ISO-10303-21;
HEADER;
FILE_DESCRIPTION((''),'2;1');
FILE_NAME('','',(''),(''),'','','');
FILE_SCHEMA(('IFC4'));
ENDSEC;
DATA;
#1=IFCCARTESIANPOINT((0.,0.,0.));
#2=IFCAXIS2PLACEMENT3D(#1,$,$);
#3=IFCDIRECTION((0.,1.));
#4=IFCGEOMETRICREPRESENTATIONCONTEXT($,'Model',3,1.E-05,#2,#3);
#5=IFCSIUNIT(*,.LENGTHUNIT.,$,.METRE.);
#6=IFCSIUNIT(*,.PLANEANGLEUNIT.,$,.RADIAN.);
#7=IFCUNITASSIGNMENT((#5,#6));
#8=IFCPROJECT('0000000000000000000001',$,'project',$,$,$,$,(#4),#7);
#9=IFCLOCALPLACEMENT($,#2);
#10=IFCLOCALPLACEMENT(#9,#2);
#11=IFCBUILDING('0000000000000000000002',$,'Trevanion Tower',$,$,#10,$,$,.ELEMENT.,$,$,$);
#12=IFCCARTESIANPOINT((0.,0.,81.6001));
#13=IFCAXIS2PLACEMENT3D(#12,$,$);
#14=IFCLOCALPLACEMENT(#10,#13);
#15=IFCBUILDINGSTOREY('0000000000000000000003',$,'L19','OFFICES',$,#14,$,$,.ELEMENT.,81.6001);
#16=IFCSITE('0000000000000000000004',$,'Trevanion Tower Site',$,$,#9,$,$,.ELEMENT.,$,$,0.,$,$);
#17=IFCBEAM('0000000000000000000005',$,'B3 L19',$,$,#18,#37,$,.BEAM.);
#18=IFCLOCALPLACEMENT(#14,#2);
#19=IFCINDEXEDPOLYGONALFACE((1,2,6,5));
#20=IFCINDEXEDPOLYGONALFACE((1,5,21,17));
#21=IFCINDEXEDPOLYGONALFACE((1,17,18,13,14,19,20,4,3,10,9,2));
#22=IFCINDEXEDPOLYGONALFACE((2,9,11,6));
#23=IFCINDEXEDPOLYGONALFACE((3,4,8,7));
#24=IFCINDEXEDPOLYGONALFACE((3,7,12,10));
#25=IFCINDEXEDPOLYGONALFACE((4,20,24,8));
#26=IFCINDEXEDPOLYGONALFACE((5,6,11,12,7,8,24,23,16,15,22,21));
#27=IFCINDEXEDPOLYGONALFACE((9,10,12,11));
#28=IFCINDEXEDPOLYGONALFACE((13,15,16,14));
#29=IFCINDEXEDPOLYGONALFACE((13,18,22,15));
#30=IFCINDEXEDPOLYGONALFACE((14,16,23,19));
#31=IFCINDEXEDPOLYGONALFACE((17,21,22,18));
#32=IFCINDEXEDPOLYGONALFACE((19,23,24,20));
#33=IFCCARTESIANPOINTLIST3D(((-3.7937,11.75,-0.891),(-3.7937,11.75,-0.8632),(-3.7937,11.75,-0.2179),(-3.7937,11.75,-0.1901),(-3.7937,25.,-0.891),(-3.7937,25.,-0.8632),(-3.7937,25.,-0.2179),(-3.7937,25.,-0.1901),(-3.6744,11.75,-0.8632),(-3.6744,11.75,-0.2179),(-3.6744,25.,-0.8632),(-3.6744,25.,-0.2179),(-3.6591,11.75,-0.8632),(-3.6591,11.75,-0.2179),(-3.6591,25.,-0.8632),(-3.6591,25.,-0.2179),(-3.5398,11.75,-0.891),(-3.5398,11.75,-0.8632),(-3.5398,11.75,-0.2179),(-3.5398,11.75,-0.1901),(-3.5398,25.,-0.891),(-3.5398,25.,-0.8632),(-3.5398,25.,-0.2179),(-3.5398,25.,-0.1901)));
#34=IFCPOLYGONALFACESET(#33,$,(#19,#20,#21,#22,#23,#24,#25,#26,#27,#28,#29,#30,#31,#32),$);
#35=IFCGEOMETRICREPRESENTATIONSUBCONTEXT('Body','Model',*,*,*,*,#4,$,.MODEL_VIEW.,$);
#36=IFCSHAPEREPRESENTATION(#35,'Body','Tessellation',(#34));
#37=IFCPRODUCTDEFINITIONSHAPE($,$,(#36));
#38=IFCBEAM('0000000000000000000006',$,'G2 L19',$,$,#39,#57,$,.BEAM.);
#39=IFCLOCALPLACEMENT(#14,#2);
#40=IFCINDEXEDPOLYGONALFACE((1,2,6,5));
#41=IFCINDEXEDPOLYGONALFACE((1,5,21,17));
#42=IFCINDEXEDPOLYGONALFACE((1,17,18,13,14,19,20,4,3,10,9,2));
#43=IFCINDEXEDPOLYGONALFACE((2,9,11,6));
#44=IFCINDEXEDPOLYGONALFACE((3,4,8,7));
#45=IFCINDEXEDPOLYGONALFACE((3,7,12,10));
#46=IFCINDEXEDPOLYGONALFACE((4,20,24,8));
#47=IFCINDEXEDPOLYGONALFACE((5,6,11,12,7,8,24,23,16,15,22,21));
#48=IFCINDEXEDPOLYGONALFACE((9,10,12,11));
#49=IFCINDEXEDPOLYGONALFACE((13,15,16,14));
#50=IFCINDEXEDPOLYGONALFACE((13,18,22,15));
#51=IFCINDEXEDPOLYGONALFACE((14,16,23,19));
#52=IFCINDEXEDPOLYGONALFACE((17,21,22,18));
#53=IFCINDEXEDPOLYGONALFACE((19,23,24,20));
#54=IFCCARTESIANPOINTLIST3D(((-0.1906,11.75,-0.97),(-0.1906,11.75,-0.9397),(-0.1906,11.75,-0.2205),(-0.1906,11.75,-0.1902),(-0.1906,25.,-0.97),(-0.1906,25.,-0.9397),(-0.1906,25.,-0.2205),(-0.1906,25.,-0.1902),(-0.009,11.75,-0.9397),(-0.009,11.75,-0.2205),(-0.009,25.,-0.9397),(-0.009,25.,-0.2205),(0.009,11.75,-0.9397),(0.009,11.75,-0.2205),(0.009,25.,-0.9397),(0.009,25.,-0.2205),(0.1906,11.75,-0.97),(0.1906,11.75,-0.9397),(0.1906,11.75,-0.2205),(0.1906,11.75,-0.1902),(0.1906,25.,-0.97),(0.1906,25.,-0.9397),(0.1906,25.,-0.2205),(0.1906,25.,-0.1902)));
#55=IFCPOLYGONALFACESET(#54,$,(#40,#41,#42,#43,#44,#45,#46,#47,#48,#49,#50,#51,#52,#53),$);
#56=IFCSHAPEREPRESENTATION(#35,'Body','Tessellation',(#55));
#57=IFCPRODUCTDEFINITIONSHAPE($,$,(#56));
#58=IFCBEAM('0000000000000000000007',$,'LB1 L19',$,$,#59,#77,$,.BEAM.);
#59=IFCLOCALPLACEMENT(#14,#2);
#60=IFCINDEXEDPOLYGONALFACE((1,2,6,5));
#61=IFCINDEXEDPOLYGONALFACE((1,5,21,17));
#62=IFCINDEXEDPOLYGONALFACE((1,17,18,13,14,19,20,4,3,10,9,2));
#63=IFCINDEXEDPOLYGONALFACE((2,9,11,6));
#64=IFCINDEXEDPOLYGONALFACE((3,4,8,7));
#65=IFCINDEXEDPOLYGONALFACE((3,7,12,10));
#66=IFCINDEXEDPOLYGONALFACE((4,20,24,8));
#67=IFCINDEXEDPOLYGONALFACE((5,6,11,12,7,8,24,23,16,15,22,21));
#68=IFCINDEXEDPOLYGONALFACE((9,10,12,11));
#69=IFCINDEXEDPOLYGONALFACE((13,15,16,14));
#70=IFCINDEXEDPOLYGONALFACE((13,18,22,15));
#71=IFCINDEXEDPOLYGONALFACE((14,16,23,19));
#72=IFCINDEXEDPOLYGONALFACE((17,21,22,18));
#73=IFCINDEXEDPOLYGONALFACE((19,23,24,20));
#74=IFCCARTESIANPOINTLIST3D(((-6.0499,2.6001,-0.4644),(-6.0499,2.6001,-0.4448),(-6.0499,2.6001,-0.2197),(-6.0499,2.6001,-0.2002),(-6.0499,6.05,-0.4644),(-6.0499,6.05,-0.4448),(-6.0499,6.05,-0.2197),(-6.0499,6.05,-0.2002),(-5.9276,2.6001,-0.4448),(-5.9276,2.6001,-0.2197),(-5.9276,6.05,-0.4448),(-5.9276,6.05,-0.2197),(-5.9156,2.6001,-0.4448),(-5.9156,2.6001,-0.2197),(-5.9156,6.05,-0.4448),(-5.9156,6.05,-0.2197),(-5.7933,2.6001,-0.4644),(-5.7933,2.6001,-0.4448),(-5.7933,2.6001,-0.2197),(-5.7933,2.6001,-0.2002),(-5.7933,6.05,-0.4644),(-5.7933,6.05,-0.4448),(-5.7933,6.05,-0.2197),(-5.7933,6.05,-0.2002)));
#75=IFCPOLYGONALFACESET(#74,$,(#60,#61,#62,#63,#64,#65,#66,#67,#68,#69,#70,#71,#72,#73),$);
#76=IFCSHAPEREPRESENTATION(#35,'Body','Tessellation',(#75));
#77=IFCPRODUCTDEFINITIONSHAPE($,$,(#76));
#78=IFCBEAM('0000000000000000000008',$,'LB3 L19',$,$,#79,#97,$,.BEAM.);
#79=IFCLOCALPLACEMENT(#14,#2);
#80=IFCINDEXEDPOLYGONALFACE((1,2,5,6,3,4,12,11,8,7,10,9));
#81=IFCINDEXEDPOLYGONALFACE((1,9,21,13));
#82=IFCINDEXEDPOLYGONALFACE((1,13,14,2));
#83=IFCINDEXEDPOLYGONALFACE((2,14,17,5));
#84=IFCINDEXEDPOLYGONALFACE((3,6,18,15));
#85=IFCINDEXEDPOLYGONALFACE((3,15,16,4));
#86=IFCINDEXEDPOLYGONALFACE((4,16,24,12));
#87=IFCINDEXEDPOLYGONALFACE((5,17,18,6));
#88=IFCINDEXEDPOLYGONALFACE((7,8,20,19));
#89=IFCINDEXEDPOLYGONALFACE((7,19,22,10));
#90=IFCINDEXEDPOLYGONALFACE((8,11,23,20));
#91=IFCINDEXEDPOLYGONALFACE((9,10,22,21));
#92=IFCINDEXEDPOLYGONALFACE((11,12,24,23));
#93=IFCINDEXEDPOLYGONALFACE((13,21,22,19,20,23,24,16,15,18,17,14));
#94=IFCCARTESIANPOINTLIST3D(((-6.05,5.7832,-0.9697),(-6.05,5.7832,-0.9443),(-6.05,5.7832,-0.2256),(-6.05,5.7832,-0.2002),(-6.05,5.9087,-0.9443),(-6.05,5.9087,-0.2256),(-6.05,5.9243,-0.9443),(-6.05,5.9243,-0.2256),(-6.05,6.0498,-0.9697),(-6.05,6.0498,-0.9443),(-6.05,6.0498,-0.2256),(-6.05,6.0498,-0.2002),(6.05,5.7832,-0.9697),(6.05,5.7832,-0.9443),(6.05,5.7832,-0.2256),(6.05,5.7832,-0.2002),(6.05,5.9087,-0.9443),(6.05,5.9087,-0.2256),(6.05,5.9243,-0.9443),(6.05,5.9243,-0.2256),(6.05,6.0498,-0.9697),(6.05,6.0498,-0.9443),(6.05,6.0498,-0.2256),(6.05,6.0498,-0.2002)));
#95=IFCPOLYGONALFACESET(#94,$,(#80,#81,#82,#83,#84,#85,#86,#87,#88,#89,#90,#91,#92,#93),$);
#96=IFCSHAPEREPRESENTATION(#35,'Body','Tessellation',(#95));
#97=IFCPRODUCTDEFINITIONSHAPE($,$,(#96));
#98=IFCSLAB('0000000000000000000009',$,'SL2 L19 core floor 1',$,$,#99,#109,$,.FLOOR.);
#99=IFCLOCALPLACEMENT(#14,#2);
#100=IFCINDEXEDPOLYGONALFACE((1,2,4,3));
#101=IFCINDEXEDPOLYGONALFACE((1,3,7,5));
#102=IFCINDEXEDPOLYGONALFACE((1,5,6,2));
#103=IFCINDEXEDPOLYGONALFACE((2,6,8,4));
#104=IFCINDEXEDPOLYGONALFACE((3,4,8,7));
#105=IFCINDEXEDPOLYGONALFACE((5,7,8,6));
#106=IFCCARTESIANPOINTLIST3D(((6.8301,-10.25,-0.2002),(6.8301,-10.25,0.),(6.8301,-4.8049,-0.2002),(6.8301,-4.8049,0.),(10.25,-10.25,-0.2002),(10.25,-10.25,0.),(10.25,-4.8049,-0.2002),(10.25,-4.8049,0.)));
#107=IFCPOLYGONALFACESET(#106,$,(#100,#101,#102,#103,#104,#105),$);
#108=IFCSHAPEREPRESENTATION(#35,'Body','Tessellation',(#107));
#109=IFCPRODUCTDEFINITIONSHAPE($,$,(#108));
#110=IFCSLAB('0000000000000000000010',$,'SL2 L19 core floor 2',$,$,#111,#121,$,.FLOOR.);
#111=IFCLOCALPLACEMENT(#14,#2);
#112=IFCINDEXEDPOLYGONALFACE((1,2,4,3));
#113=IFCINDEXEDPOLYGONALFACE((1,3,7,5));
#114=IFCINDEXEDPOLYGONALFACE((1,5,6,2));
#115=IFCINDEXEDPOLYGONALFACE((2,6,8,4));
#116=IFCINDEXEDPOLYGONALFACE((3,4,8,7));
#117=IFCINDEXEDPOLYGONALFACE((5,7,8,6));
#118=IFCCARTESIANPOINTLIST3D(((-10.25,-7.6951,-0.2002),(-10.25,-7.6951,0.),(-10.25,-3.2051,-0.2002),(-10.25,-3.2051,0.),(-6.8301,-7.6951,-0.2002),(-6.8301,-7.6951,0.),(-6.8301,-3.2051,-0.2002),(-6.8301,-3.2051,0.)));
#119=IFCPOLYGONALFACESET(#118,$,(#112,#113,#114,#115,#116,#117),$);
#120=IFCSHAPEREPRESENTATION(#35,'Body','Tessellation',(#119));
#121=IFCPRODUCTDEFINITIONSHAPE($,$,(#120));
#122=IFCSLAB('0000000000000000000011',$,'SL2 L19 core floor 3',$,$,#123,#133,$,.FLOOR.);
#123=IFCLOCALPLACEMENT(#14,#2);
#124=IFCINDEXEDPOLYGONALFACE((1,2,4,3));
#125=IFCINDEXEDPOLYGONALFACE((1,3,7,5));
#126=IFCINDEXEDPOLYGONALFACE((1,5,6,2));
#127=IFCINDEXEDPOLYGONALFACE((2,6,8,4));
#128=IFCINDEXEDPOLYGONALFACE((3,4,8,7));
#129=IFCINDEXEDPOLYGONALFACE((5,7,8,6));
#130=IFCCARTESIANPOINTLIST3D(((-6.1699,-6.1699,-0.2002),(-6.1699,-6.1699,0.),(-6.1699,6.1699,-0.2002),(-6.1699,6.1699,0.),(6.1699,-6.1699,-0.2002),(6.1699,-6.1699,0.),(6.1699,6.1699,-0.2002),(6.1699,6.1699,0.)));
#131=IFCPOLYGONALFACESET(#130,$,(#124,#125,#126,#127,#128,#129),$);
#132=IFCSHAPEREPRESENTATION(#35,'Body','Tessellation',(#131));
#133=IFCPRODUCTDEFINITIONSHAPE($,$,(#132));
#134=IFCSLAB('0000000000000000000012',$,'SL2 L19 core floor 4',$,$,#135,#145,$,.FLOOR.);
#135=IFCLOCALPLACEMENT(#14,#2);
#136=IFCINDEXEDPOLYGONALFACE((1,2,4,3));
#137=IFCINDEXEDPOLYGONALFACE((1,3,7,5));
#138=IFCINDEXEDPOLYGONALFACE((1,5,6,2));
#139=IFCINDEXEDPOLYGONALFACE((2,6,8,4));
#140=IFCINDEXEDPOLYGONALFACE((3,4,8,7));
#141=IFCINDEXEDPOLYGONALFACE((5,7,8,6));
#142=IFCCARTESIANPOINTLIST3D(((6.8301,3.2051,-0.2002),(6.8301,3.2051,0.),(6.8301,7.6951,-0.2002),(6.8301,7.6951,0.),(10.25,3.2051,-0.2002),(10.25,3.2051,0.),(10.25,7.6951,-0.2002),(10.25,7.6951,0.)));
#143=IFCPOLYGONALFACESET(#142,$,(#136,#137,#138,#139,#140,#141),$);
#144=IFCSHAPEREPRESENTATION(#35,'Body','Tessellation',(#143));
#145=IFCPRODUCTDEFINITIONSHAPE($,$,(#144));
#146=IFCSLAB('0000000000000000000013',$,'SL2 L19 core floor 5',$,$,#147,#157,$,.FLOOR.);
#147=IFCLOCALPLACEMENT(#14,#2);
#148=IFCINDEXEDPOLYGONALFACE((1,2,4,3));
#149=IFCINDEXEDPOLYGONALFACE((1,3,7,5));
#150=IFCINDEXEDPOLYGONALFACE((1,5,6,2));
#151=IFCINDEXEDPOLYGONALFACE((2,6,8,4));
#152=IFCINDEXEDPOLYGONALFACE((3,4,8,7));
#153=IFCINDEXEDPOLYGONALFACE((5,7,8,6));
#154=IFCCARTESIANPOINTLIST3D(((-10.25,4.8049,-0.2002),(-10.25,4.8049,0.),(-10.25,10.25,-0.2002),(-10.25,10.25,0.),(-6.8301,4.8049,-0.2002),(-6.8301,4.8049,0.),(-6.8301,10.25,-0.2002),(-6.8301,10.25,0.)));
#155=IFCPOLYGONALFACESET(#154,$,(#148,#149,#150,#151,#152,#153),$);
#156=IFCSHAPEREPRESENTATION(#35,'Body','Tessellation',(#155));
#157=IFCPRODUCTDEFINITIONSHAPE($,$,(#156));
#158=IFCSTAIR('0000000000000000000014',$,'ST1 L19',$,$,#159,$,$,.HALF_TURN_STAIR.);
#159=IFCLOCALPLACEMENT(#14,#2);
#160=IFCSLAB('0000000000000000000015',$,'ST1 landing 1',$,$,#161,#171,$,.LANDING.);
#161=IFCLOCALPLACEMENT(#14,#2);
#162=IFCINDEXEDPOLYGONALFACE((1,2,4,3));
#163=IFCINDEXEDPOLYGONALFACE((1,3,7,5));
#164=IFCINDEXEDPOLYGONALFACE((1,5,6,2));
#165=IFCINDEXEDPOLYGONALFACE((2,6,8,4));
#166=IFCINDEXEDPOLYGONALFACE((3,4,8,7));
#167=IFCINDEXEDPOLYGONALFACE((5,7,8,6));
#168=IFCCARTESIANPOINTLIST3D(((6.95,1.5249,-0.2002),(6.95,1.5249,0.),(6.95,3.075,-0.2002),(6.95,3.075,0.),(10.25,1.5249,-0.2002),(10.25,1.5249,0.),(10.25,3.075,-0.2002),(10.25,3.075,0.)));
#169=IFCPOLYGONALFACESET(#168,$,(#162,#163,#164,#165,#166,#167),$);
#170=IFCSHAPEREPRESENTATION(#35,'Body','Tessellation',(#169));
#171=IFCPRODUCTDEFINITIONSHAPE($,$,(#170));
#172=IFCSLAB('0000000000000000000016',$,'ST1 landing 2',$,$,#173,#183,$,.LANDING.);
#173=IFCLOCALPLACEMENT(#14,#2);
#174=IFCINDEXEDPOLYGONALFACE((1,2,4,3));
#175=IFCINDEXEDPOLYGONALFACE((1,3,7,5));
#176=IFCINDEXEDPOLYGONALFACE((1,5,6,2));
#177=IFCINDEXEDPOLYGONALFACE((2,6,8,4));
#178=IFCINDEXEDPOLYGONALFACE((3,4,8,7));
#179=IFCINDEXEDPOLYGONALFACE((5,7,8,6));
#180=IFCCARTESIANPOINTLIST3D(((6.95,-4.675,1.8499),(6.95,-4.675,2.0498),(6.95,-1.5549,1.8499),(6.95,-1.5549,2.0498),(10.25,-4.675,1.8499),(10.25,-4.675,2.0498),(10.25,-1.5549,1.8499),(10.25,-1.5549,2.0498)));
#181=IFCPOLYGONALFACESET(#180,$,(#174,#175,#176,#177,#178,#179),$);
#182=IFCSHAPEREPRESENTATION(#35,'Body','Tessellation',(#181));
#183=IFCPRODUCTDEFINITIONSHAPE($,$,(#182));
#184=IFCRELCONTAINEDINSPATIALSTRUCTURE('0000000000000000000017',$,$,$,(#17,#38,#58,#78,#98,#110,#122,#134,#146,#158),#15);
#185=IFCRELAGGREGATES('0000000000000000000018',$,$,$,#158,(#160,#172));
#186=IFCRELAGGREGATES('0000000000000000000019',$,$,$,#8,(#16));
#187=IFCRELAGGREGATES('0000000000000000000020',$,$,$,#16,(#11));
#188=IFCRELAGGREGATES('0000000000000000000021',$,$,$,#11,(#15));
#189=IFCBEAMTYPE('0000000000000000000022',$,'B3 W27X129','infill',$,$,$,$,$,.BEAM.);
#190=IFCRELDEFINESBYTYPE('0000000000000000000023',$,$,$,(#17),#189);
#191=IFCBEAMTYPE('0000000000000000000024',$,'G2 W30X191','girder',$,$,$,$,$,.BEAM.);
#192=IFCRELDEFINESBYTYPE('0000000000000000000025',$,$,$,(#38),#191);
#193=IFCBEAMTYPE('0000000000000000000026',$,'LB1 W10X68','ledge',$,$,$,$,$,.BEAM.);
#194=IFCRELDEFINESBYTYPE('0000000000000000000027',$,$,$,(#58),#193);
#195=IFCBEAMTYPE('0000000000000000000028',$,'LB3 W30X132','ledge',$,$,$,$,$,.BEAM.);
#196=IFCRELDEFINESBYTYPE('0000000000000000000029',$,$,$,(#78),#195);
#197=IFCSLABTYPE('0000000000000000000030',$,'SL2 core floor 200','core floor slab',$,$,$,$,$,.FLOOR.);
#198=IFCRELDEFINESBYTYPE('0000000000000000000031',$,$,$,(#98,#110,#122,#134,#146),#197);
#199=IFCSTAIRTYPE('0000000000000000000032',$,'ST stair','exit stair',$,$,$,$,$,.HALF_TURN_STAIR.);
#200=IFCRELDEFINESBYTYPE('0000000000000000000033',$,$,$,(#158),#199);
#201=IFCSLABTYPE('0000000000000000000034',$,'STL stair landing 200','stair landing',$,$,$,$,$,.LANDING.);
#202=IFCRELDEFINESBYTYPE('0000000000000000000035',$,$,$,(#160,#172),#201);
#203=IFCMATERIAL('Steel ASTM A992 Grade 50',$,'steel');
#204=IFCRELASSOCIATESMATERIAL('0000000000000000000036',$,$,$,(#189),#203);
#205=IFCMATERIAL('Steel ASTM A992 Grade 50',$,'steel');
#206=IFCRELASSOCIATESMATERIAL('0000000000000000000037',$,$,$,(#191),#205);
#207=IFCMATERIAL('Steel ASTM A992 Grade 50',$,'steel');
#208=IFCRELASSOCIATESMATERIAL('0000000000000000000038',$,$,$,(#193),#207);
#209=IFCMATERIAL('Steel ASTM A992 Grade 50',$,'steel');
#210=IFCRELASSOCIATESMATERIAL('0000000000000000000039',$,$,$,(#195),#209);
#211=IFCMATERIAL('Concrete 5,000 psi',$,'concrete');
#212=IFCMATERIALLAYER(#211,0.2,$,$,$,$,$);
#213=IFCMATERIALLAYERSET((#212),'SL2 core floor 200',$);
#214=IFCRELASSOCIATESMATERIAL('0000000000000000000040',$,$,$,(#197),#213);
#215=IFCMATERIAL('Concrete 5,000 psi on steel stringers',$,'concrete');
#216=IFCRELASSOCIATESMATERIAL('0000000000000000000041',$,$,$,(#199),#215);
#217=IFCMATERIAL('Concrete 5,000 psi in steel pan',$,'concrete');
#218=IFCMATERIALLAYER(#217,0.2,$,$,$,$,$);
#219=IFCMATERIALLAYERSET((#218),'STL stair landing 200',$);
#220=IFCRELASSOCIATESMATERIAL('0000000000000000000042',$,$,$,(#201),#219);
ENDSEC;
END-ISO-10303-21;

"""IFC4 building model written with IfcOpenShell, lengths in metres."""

from ifc_helpers import new_model, si_unit, direction, frame, origin, origin_2d, place, context, subcontext, project, spatial, polyline, i_section, outline, extrude, material, layer, layer_set, material_profile, profile_set, type_object, element, aggregate, save


model = new_model("IFC4")

# Units and contexts
model_context = context("Model", 3, precision=1e-05, world=origin(), true_north=direction((0.0, 1.0)))
body_context = subcontext(model_context, "Body", "Model", "MODEL_VIEW")
ifc_project = project(units=[si_unit("LENGTHUNIT", "METRE"), si_unit("PLANEANGLEUNIT", "RADIAN")], contexts=[model_context])

# Site, building, storey
site_placement = place(None, origin())
site = spatial("IfcSite", under=ifc_project, at=site_placement, Name="Trevanion Tower Site", CompositionType="ELEMENT", RefElevation=0.0)
building_placement = place(site_placement, origin())
building = spatial("IfcBuilding", under=site, at=building_placement, Name="Trevanion Tower", CompositionType="ELEMENT")
storey_placement = place(building_placement, frame((0.0, 0.0, 81.6001)))
storey = spatial("IfcBuildingStorey", under=building, at=storey_placement, Name="L19", Description="OFFICES", CompositionType="ELEMENT", Elevation=81.6001)

# Beams
ifc_material_1 = material(Name="Steel ASTM A992 Grade 50", Category="steel")
ifc_material_profile_1 = material_profile(ifc_material_1, i_section(OverallWidth=0.2539, OverallDepth=0.7009, WebThickness=0.0154, FlangeThickness=0.0278, at=origin_2d()), Name="W27X129")
ifc_profile_set_1 = profile_set([ifc_material_profile_1], Name="Steel ASTM A992 Grade 50")
beam_type_1 = type_object("IfcBeamType", Name="B3 W27X129", Description="infill", PredefinedType="BEAM", material=ifc_profile_set_1)
beam_1_placement = place(storey_placement, frame((-3.6667, 11.75, -0.5405), z_axis=(0.0, 1.0, 0.0), x_axis=(-1.0, 0.0, 0.0)))
element("IfcBeam", 1, at=beam_1_placement, inside=storey, type_object=beam_type_1, Name="B3 L19", PredefinedType="BEAM", context=body_context, shape_type="SweptSolid", body=[
    extrude(i_section(OverallWidth=0.2539, OverallDepth=0.7009, WebThickness=0.0154, FlangeThickness=0.0278, at=origin_2d()), origin(), (0.0, 0.0, 1.0), 13.25),
])
ifc_material_2 = material(Name="Steel ASTM A992 Grade 50", Category="steel")
ifc_material_profile_2 = material_profile(ifc_material_2, i_section(OverallWidth=0.3811, OverallDepth=0.7798, WebThickness=0.0181, FlangeThickness=0.0303, at=origin_2d()), Name="W30X191")
ifc_profile_set_2 = profile_set([ifc_material_profile_2], Name="Steel ASTM A992 Grade 50")
beam_type_2 = type_object("IfcBeamType", Name="G2 W30X191", Description="girder", PredefinedType="BEAM", material=ifc_profile_set_2)
beam_2_placement = place(storey_placement, frame((0.0, 11.75, -0.5801), z_axis=(0.0, 1.0, 0.0), x_axis=(-1.0, 0.0, 0.0)))
element("IfcBeam", 2, at=beam_2_placement, inside=storey, type_object=beam_type_2, Name="G2 L19", PredefinedType="BEAM", context=body_context, shape_type="SweptSolid", body=[
    extrude(i_section(OverallWidth=0.3811, OverallDepth=0.7798, WebThickness=0.0181, FlangeThickness=0.0303, at=origin_2d()), origin(), (0.0, 0.0, 1.0), 13.25),
])
ifc_material_3 = material(Name="Steel ASTM A992 Grade 50", Category="steel")
ifc_material_profile_3 = material_profile(ifc_material_3, i_section(OverallWidth=0.2566, OverallDepth=0.2642, WebThickness=0.012, FlangeThickness=0.0195, at=origin_2d()), Name="W10X68")
ifc_profile_set_3 = profile_set([ifc_material_profile_3], Name="Steel ASTM A992 Grade 50")
beam_type_3 = type_object("IfcBeamType", Name="LB1 W10X68", Description="ledge", PredefinedType="BEAM", material=ifc_profile_set_3)
beam_3_placement = place(storey_placement, frame((-5.9216, 2.6001, -0.3323), z_axis=(0.0, 1.0, 0.0), x_axis=(-1.0, 0.0, 0.0)))
element("IfcBeam", 3, at=beam_3_placement, inside=storey, type_object=beam_type_3, Name="LB1 L19", PredefinedType="BEAM", context=body_context, shape_type="SweptSolid", body=[
    extrude(i_section(OverallWidth=0.2566, OverallDepth=0.2642, WebThickness=0.012, FlangeThickness=0.0195, at=origin_2d()), origin(), (0.0, 0.0, 1.0), 3.45),
])
ifc_material_4 = material(Name="Steel ASTM A992 Grade 50", Category="steel")
ifc_material_profile_4 = material_profile(ifc_material_4, i_section(OverallWidth=0.2666, OverallDepth=0.7695, WebThickness=0.0156, FlangeThickness=0.0254, at=origin_2d()), Name="W30X132")
ifc_profile_set_4 = profile_set([ifc_material_profile_4], Name="Steel ASTM A992 Grade 50")
beam_type_4 = type_object("IfcBeamType", Name="LB3 W30X132", Description="ledge", PredefinedType="BEAM", material=ifc_profile_set_4)
beam_4_placement = place(storey_placement, frame((-6.05, 5.9165, -0.585), z_axis=(1.0, 0.0, 0.0), x_axis=(0.0, 1.0, 0.0)))
element("IfcBeam", 4, at=beam_4_placement, inside=storey, type_object=beam_type_4, Name="LB3 L19", PredefinedType="BEAM", context=body_context, shape_type="SweptSolid", body=[
    extrude(i_section(OverallWidth=0.2666, OverallDepth=0.7695, WebThickness=0.0156, FlangeThickness=0.0254, at=origin_2d()), origin(), (0.0, 0.0, 1.0), 12.1001),
])

# Slabs
ifc_material_5 = material(Name="Concrete 5,000 psi", Category="concrete")
ifc_layer_1 = layer(ifc_material_5, 0.2)
ifc_layer_set_1 = layer_set([ifc_layer_1], Name="SL2 core floor 200")
slab_type_1 = type_object("IfcSlabType", Name="SL2 core floor 200", Description="core floor slab", PredefinedType="FLOOR", material=ifc_layer_set_1)
slab_1_placement = place(storey_placement, frame((0.0, 0.0, -0.2002)))
element("IfcSlab", 5, at=slab_1_placement, inside=storey, type_object=slab_type_1, Name="SL2 L19 core floor 1", PredefinedType="FLOOR", context=body_context, shape_type="SweptSolid", body=[
    extrude(outline(polyline([(10.25, -4.8049), (10.25, -10.25), (6.8301, -10.25), (6.8301, -4.8049), (10.25, -4.8049)])), origin(), (0.0, 0.0, 1.0), 0.2002),
])
slab_2_placement = place(storey_placement, frame((0.0, 0.0, -0.2002)))
element("IfcSlab", 6, at=slab_2_placement, inside=storey, type_object=slab_type_1, Name="SL2 L19 core floor 2", PredefinedType="FLOOR", context=body_context, shape_type="SweptSolid", body=[
    extrude(outline(polyline([(-6.8301, -3.2051), (-6.8301, -7.6951), (-10.25, -7.6951), (-10.25, -3.2051), (-6.8301, -3.2051)])), origin(), (0.0, 0.0, 1.0), 0.2002),
])
slab_3_placement = place(storey_placement, frame((0.0, 0.0, -0.2002)))
element("IfcSlab", 7, at=slab_3_placement, inside=storey, type_object=slab_type_1, Name="SL2 L19 core floor 3", PredefinedType="FLOOR", context=body_context, shape_type="SweptSolid", body=[
    extrude(outline(polyline([(6.1699, -6.1699), (-6.1699, -6.1699), (-6.1699, 6.1699), (6.1699, 6.1699), (6.1699, -6.1699)])), origin(), (0.0, 0.0, 1.0), 0.2002),
])
slab_4_placement = place(storey_placement, frame((0.0, 0.0, -0.2002)))
element("IfcSlab", 8, at=slab_4_placement, inside=storey, type_object=slab_type_1, Name="SL2 L19 core floor 4", PredefinedType="FLOOR", context=body_context, shape_type="SweptSolid", body=[
    extrude(outline(polyline([(6.8301, 3.2051), (6.8301, 7.6951), (10.25, 7.6951), (10.25, 3.2051), (6.8301, 3.2051)])), origin(), (0.0, 0.0, 1.0), 0.2002),
])
slab_5_placement = place(storey_placement, frame((0.0, 0.0, -0.2002)))
element("IfcSlab", 9, at=slab_5_placement, inside=storey, type_object=slab_type_1, Name="SL2 L19 core floor 5", PredefinedType="FLOOR", context=body_context, shape_type="SweptSolid", body=[
    extrude(outline(polyline([(-6.8301, 4.8049), (-10.25, 4.8049), (-10.25, 10.25), (-6.8301, 10.25), (-6.8301, 4.8049)])), origin(), (0.0, 0.0, 1.0), 0.2002),
])

# Stair, slabs
ifc_material_6 = material(Name="Concrete 5,000 psi on steel stringers", Category="concrete")
stair_type = type_object("IfcStairType", Name="ST stair", Description="exit stair", PredefinedType="HALF_TURN_STAIR", material=ifc_material_6)
stair_1_placement = place(storey_placement, origin())
stair_1 = element("IfcStair", 10, at=stair_1_placement, inside=storey, type_object=stair_type, Name="ST1 L19", PredefinedType="HALF_TURN_STAIR")
ifc_material_7 = material(Name="Concrete 5,000 psi in steel pan", Category="concrete")
ifc_layer_2 = layer(ifc_material_7, 0.2)
ifc_layer_set_2 = layer_set([ifc_layer_2], Name="STL stair landing 200")
slab_type_2 = type_object("IfcSlabType", Name="STL stair landing 200", Description="stair landing", PredefinedType="LANDING", material=ifc_layer_set_2)
slab_6_placement = place(storey_placement, frame((0.0, 0.0, -0.2002)))
slab_6 = element("IfcSlab", 11, at=slab_6_placement, type_object=slab_type_2, Name="ST1 landing 1", PredefinedType="LANDING", context=body_context, shape_type="SweptSolid", body=[
    extrude(outline(polyline([(6.95, 1.5249), (10.25, 1.5249), (10.25, 3.075), (6.95, 3.075), (6.95, 1.5249)])), origin(), (0.0, 0.0, 1.0), 0.2002),
])
slab_7_placement = place(storey_placement, frame((0.0, 0.0, 1.8499)))
slab_7 = element("IfcSlab", 12, at=slab_7_placement, type_object=slab_type_2, Name="ST1 landing 2", PredefinedType="LANDING", context=body_context, shape_type="SweptSolid", body=[
    extrude(outline(polyline([(6.95, -4.675), (10.25, -4.675), (10.25, -1.5549), (6.95, -1.5549), (6.95, -4.675)])), origin(), (0.0, 0.0, 1.0), 0.2),
])
aggregate(stair_1, [slab_6, slab_7])

save(model, "model.ifc")
